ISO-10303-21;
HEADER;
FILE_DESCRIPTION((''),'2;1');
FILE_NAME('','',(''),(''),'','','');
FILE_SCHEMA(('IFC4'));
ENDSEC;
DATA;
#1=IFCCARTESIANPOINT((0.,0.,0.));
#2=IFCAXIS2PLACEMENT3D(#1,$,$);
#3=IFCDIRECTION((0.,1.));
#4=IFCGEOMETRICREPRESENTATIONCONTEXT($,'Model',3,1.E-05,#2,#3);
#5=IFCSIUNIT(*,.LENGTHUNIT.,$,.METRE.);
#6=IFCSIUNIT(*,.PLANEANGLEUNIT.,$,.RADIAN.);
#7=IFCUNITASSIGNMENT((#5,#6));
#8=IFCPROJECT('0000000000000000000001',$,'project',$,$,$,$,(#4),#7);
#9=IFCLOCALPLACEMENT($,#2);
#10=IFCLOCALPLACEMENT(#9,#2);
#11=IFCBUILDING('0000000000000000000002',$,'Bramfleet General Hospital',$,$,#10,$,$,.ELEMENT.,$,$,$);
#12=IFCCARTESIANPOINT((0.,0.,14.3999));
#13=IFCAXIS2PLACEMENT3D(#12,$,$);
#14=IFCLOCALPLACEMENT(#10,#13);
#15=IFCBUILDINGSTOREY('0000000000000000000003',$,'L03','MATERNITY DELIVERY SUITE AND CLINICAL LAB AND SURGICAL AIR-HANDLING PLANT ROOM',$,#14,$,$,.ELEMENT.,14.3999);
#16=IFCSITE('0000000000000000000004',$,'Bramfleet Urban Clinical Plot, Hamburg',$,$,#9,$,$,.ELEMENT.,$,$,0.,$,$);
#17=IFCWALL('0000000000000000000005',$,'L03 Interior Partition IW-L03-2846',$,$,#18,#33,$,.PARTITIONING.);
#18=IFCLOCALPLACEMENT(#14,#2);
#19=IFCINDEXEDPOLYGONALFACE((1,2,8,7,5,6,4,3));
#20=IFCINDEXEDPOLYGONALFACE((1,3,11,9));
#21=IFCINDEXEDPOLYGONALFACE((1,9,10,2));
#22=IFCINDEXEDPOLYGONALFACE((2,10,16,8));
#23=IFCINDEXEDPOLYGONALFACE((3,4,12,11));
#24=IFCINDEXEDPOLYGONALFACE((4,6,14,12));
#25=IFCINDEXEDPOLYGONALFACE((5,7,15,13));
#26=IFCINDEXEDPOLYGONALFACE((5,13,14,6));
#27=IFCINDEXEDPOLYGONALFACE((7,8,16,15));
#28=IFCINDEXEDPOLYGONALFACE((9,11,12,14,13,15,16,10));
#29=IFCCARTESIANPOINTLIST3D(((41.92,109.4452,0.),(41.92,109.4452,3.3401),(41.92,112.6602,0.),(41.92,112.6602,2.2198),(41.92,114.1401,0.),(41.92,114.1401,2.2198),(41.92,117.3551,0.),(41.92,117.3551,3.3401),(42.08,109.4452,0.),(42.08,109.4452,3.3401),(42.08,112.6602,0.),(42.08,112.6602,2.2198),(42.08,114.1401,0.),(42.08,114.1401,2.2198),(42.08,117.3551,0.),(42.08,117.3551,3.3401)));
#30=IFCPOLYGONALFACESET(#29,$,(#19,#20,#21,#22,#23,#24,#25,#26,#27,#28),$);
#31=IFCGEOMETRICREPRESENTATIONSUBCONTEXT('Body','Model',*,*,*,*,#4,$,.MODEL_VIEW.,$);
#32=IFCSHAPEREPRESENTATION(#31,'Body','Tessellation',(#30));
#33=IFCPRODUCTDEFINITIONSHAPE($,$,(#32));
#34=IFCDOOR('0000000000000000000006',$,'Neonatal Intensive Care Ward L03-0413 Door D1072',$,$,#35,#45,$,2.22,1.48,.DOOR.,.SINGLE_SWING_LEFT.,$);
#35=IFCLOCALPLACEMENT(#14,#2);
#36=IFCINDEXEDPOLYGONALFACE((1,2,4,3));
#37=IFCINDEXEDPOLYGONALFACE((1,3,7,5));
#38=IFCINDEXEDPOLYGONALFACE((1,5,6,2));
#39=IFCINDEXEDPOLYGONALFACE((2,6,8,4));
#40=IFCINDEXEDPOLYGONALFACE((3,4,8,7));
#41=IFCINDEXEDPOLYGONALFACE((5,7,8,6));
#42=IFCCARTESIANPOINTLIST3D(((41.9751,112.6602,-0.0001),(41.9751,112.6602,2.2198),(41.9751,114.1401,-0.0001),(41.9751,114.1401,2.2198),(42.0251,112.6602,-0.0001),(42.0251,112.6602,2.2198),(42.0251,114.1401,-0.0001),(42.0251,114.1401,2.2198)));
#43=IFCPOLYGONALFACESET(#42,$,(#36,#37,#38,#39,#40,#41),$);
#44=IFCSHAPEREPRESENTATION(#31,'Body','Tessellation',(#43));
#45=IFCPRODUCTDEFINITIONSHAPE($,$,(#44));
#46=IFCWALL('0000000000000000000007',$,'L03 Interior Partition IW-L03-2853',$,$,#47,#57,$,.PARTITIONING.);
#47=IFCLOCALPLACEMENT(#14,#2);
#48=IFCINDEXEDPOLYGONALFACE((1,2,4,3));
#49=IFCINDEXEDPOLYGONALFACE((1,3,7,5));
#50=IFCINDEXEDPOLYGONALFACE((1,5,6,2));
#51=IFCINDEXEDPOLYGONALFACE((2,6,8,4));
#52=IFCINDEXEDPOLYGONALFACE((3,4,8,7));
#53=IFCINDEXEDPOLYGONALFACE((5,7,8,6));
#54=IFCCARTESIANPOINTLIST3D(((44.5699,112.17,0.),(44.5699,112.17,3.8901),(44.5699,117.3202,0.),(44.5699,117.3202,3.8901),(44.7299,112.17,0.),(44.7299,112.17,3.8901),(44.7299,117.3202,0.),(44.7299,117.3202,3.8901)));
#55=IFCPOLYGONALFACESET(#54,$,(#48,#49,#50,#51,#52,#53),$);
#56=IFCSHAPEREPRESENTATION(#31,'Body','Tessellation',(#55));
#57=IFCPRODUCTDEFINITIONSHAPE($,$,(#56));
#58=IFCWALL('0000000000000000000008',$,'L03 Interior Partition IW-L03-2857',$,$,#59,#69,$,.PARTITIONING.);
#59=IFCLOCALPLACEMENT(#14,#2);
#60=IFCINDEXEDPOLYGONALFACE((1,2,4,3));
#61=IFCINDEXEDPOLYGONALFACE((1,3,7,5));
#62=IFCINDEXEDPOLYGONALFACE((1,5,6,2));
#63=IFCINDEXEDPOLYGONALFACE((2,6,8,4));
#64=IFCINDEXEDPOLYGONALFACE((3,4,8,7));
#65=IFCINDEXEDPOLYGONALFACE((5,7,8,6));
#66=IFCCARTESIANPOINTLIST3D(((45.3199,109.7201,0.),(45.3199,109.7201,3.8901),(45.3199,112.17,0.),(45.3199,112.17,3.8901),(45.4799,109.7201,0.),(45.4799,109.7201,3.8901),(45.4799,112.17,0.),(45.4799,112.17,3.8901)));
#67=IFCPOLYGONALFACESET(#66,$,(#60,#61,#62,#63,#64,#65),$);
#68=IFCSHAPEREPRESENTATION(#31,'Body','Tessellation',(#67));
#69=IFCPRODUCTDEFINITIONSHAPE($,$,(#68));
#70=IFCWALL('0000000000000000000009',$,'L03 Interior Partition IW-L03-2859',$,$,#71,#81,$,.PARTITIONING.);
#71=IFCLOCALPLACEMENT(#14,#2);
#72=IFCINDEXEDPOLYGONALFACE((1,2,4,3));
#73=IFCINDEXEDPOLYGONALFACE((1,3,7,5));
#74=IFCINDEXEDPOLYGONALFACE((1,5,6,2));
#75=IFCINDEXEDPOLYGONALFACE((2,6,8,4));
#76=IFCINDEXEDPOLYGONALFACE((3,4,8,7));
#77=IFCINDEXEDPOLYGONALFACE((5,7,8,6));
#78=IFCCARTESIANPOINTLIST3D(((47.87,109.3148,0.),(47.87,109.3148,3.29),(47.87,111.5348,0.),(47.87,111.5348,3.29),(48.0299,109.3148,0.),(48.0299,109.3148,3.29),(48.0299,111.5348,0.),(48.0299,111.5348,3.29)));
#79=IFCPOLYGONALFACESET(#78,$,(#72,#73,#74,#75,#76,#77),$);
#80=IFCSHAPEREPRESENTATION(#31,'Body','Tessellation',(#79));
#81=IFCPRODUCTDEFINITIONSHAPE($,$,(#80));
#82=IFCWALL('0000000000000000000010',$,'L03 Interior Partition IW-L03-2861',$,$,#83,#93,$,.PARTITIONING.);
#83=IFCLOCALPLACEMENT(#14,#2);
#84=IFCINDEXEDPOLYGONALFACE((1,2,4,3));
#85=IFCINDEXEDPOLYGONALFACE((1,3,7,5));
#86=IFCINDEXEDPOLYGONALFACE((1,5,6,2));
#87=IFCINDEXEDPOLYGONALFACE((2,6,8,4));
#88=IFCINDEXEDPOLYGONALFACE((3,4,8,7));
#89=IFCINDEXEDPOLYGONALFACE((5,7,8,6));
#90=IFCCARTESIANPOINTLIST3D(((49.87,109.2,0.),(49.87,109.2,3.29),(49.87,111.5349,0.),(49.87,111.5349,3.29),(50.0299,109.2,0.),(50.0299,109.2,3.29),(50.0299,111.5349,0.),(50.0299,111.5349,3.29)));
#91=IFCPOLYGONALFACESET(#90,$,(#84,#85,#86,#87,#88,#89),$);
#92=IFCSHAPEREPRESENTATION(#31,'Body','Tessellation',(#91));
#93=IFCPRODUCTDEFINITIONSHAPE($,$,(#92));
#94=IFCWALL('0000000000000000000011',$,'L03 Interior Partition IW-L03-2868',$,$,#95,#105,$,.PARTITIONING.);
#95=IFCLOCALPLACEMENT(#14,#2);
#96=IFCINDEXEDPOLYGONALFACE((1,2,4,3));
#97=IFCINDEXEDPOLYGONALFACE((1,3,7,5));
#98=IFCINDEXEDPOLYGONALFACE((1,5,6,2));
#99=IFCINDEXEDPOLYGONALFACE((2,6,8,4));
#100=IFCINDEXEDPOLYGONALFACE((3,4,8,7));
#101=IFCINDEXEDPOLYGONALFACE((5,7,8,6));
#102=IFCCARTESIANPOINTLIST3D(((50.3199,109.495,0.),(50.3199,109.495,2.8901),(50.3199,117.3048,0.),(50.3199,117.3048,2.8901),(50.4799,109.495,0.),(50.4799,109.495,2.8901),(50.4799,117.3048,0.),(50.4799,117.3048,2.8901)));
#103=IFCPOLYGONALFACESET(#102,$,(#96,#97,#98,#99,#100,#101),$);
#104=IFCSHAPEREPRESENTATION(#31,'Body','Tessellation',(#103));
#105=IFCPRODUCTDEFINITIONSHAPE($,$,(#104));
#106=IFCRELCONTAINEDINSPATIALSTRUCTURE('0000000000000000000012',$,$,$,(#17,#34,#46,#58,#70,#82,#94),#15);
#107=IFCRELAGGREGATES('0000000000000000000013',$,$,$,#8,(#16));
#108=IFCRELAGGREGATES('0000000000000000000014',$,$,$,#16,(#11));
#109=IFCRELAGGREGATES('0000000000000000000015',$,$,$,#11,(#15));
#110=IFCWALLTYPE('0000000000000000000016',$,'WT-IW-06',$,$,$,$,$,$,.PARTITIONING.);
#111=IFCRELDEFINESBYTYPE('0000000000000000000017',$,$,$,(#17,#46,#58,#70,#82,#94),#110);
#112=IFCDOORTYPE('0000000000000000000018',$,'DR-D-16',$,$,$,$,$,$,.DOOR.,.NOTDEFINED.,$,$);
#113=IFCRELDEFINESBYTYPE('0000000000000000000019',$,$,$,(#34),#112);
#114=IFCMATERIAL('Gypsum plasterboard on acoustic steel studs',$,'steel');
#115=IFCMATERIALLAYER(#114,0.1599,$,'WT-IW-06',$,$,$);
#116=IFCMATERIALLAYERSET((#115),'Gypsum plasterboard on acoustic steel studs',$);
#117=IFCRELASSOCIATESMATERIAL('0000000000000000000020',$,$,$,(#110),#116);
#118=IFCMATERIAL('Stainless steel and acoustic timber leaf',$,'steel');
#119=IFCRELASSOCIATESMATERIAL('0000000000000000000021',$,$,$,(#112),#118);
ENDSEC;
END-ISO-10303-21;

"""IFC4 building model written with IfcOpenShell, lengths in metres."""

from ifc_helpers import new_model, si_unit, direction, frame, frame_2d, origin, place, context, subcontext, project, spatial, rectangle, extrude, material, layer, layer_set, type_object, element, fill, save


model = new_model("IFC4")

# Units and contexts
model_context = context("Model", 3, precision=1e-05, world=origin(), true_north=direction((0.0, 1.0)))
body_context = subcontext(model_context, "Body", "Model", "MODEL_VIEW")
ifc_project = project(units=[si_unit("LENGTHUNIT", "METRE"), si_unit("PLANEANGLEUNIT", "RADIAN")], contexts=[model_context])

# Site, building, storey
site_placement = place(None, origin())
site = spatial("IfcSite", under=ifc_project, at=site_placement, Name="Bramfleet Urban Clinical Plot, Hamburg", CompositionType="ELEMENT", RefElevation=0.0)
building_placement = place(site_placement, origin())
building = spatial("IfcBuilding", under=site, at=building_placement, Name="Bramfleet General Hospital", CompositionType="ELEMENT")
storey_placement = place(building_placement, frame((0.0, 0.0, 14.3999)))
storey = spatial("IfcBuildingStorey", under=building, at=storey_placement, Name="L03", Description="MATERNITY DELIVERY SUITE AND CLINICAL LAB AND SURGICAL AIR-HANDLING PLANT ROOM", CompositionType="ELEMENT", Elevation=14.3999)

# Shared definitions
ifc_material_1 = material(Name="Gypsum plasterboard on acoustic steel studs", Category="steel")
ifc_layer_1 = layer(ifc_material_1, 0.1599, Name="WT-IW-06")
ifc_layer_set_1 = layer_set([ifc_layer_1], Name="Gypsum plasterboard on acoustic steel studs")
wall_type_1 = type_object("IfcWallType", Name="WT-IW-06", PredefinedType="PARTITIONING", material=ifc_layer_set_1)
ifc_material_2 = material(Name="Stainless steel and acoustic timber leaf", Category="steel")

# Wall, opening, door
wall_1_placement = place(storey_placement, frame((42.0, 109.4451, 0.0), z_axis=(0.0, 0.0, 1.0), x_axis=(0.0, 1.0, 0.0)))
wall_1 = element("IfcWall", 1, at=wall_1_placement, inside=storey, type_object=wall_type_1, Name="L03 Interior Partition IW-L03-2846", PredefinedType="PARTITIONING", context=body_context, shape_type="SweptSolid", body=[
    extrude(rectangle(XDim=7.9099, YDim=0.1599, at=frame_2d((3.9551, 0.0))), origin(), (0.0, 0.0, 1.0), 3.3401),
])
opening_1_placement = place(wall_1_placement, frame((3.2151, 0.0, 0.0)))
opening_1 = element("IfcOpeningElement", 2, at=opening_1_placement, cuts=wall_1, PredefinedType="OPENING", context=body_context, shape_type="SweptSolid", body=[
    extrude(rectangle(XDim=1.48, YDim=2.22, at=frame_2d((0.74, 1.1099))), frame((0.0, 0.0898, 0.0), z_axis=(0.0, -1.0, 0.0), x_axis=(1.0, 0.0, 0.0)), (0.0, 0.0, 1.0), 0.1799),
])
door_type_1 = type_object("IfcDoorType", Name="DR-D-16", OperationType="NOTDEFINED", PredefinedType="DOOR", material=ifc_material_2)
door_1_placement = place(opening_1_placement, origin())
door_1 = element("IfcDoor", 3, at=door_1_placement, inside=storey, type_object=door_type_1, Name="Neonatal Intensive Care Ward L03-0413 Door D1072", OperationType="SINGLE_SWING_LEFT", OverallHeight=2.22, OverallWidth=1.48, PredefinedType="DOOR", context=body_context, shape_type="SweptSolid", body=[
    extrude(rectangle(XDim=1.48, YDim=2.22, at=frame_2d((0.74, 1.1099))), frame((0.0, 0.0249, 0.0), z_axis=(0.0, -1.0, 0.0), x_axis=(1.0, 0.0, 0.0)), (0.0, 0.0, 1.0), 0.05),
])
fill(opening_1, door_1)

# Walls
wall_2_placement = place(storey_placement, frame((44.6499, 112.1699, 0.0), z_axis=(0.0, 0.0, 1.0), x_axis=(0.0, 1.0, 0.0)))
element("IfcWall", 4, at=wall_2_placement, inside=storey, type_object=wall_type_1, Name="L03 Interior Partition IW-L03-2853", PredefinedType="PARTITIONING", context=body_context, shape_type="SweptSolid", body=[
    extrude(rectangle(XDim=5.1501, YDim=0.1599, at=frame_2d((2.5752, 0.0))), origin(), (0.0, 0.0, 1.0), 3.8901),
])
wall_3_placement = place(storey_placement, frame((45.3999, 109.72, 0.0), z_axis=(0.0, 0.0, 1.0), x_axis=(0.0, 1.0, 0.0)))
element("IfcWall", 5, at=wall_3_placement, inside=storey, type_object=wall_type_1, Name="L03 Interior Partition IW-L03-2857", PredefinedType="PARTITIONING", context=body_context, shape_type="SweptSolid", body=[
    extrude(rectangle(XDim=2.45, YDim=0.1599, at=frame_2d((1.2251, 0.0))), origin(), (0.0, 0.0, 1.0), 3.8901),
])
wall_4_placement = place(storey_placement, frame((47.95, 109.3149, 0.0), z_axis=(0.0, 0.0, 1.0), x_axis=(0.0, 1.0, 0.0)))
element("IfcWall", 6, at=wall_4_placement, inside=storey, type_object=wall_type_1, Name="L03 Interior Partition IW-L03-2859", PredefinedType="PARTITIONING", context=body_context, shape_type="SweptSolid", body=[
    extrude(rectangle(XDim=2.22, YDim=0.1599, at=frame_2d((1.1099, 0.0))), origin(), (0.0, 0.0, 1.0), 3.29),
])
wall_5_placement = place(storey_placement, frame((49.95, 109.2, 0.0), z_axis=(0.0, 0.0, 1.0), x_axis=(0.0, 1.0, 0.0)))
element("IfcWall", 7, at=wall_5_placement, inside=storey, type_object=wall_type_1, Name="L03 Interior Partition IW-L03-2861", PredefinedType="PARTITIONING", context=body_context, shape_type="SweptSolid", body=[
    extrude(rectangle(XDim=2.335, YDim=0.1599, at=frame_2d((1.1675, 0.0))), origin(), (0.0, 0.0, 1.0), 3.29),
])
wall_6_placement = place(storey_placement, frame((50.3999, 109.4951, 0.0), z_axis=(0.0, 0.0, 1.0), x_axis=(0.0, 1.0, 0.0)))
element("IfcWall", 8, at=wall_6_placement, inside=storey, type_object=wall_type_1, Name="L03 Interior Partition IW-L03-2868", PredefinedType="PARTITIONING", context=body_context, shape_type="SweptSolid", body=[
    extrude(rectangle(XDim=7.8098, YDim=0.1599, at=frame_2d((3.9048, 0.0))), origin(), (0.0, 0.0, 1.0), 2.8901),
])

save(model, "model.ifc")
